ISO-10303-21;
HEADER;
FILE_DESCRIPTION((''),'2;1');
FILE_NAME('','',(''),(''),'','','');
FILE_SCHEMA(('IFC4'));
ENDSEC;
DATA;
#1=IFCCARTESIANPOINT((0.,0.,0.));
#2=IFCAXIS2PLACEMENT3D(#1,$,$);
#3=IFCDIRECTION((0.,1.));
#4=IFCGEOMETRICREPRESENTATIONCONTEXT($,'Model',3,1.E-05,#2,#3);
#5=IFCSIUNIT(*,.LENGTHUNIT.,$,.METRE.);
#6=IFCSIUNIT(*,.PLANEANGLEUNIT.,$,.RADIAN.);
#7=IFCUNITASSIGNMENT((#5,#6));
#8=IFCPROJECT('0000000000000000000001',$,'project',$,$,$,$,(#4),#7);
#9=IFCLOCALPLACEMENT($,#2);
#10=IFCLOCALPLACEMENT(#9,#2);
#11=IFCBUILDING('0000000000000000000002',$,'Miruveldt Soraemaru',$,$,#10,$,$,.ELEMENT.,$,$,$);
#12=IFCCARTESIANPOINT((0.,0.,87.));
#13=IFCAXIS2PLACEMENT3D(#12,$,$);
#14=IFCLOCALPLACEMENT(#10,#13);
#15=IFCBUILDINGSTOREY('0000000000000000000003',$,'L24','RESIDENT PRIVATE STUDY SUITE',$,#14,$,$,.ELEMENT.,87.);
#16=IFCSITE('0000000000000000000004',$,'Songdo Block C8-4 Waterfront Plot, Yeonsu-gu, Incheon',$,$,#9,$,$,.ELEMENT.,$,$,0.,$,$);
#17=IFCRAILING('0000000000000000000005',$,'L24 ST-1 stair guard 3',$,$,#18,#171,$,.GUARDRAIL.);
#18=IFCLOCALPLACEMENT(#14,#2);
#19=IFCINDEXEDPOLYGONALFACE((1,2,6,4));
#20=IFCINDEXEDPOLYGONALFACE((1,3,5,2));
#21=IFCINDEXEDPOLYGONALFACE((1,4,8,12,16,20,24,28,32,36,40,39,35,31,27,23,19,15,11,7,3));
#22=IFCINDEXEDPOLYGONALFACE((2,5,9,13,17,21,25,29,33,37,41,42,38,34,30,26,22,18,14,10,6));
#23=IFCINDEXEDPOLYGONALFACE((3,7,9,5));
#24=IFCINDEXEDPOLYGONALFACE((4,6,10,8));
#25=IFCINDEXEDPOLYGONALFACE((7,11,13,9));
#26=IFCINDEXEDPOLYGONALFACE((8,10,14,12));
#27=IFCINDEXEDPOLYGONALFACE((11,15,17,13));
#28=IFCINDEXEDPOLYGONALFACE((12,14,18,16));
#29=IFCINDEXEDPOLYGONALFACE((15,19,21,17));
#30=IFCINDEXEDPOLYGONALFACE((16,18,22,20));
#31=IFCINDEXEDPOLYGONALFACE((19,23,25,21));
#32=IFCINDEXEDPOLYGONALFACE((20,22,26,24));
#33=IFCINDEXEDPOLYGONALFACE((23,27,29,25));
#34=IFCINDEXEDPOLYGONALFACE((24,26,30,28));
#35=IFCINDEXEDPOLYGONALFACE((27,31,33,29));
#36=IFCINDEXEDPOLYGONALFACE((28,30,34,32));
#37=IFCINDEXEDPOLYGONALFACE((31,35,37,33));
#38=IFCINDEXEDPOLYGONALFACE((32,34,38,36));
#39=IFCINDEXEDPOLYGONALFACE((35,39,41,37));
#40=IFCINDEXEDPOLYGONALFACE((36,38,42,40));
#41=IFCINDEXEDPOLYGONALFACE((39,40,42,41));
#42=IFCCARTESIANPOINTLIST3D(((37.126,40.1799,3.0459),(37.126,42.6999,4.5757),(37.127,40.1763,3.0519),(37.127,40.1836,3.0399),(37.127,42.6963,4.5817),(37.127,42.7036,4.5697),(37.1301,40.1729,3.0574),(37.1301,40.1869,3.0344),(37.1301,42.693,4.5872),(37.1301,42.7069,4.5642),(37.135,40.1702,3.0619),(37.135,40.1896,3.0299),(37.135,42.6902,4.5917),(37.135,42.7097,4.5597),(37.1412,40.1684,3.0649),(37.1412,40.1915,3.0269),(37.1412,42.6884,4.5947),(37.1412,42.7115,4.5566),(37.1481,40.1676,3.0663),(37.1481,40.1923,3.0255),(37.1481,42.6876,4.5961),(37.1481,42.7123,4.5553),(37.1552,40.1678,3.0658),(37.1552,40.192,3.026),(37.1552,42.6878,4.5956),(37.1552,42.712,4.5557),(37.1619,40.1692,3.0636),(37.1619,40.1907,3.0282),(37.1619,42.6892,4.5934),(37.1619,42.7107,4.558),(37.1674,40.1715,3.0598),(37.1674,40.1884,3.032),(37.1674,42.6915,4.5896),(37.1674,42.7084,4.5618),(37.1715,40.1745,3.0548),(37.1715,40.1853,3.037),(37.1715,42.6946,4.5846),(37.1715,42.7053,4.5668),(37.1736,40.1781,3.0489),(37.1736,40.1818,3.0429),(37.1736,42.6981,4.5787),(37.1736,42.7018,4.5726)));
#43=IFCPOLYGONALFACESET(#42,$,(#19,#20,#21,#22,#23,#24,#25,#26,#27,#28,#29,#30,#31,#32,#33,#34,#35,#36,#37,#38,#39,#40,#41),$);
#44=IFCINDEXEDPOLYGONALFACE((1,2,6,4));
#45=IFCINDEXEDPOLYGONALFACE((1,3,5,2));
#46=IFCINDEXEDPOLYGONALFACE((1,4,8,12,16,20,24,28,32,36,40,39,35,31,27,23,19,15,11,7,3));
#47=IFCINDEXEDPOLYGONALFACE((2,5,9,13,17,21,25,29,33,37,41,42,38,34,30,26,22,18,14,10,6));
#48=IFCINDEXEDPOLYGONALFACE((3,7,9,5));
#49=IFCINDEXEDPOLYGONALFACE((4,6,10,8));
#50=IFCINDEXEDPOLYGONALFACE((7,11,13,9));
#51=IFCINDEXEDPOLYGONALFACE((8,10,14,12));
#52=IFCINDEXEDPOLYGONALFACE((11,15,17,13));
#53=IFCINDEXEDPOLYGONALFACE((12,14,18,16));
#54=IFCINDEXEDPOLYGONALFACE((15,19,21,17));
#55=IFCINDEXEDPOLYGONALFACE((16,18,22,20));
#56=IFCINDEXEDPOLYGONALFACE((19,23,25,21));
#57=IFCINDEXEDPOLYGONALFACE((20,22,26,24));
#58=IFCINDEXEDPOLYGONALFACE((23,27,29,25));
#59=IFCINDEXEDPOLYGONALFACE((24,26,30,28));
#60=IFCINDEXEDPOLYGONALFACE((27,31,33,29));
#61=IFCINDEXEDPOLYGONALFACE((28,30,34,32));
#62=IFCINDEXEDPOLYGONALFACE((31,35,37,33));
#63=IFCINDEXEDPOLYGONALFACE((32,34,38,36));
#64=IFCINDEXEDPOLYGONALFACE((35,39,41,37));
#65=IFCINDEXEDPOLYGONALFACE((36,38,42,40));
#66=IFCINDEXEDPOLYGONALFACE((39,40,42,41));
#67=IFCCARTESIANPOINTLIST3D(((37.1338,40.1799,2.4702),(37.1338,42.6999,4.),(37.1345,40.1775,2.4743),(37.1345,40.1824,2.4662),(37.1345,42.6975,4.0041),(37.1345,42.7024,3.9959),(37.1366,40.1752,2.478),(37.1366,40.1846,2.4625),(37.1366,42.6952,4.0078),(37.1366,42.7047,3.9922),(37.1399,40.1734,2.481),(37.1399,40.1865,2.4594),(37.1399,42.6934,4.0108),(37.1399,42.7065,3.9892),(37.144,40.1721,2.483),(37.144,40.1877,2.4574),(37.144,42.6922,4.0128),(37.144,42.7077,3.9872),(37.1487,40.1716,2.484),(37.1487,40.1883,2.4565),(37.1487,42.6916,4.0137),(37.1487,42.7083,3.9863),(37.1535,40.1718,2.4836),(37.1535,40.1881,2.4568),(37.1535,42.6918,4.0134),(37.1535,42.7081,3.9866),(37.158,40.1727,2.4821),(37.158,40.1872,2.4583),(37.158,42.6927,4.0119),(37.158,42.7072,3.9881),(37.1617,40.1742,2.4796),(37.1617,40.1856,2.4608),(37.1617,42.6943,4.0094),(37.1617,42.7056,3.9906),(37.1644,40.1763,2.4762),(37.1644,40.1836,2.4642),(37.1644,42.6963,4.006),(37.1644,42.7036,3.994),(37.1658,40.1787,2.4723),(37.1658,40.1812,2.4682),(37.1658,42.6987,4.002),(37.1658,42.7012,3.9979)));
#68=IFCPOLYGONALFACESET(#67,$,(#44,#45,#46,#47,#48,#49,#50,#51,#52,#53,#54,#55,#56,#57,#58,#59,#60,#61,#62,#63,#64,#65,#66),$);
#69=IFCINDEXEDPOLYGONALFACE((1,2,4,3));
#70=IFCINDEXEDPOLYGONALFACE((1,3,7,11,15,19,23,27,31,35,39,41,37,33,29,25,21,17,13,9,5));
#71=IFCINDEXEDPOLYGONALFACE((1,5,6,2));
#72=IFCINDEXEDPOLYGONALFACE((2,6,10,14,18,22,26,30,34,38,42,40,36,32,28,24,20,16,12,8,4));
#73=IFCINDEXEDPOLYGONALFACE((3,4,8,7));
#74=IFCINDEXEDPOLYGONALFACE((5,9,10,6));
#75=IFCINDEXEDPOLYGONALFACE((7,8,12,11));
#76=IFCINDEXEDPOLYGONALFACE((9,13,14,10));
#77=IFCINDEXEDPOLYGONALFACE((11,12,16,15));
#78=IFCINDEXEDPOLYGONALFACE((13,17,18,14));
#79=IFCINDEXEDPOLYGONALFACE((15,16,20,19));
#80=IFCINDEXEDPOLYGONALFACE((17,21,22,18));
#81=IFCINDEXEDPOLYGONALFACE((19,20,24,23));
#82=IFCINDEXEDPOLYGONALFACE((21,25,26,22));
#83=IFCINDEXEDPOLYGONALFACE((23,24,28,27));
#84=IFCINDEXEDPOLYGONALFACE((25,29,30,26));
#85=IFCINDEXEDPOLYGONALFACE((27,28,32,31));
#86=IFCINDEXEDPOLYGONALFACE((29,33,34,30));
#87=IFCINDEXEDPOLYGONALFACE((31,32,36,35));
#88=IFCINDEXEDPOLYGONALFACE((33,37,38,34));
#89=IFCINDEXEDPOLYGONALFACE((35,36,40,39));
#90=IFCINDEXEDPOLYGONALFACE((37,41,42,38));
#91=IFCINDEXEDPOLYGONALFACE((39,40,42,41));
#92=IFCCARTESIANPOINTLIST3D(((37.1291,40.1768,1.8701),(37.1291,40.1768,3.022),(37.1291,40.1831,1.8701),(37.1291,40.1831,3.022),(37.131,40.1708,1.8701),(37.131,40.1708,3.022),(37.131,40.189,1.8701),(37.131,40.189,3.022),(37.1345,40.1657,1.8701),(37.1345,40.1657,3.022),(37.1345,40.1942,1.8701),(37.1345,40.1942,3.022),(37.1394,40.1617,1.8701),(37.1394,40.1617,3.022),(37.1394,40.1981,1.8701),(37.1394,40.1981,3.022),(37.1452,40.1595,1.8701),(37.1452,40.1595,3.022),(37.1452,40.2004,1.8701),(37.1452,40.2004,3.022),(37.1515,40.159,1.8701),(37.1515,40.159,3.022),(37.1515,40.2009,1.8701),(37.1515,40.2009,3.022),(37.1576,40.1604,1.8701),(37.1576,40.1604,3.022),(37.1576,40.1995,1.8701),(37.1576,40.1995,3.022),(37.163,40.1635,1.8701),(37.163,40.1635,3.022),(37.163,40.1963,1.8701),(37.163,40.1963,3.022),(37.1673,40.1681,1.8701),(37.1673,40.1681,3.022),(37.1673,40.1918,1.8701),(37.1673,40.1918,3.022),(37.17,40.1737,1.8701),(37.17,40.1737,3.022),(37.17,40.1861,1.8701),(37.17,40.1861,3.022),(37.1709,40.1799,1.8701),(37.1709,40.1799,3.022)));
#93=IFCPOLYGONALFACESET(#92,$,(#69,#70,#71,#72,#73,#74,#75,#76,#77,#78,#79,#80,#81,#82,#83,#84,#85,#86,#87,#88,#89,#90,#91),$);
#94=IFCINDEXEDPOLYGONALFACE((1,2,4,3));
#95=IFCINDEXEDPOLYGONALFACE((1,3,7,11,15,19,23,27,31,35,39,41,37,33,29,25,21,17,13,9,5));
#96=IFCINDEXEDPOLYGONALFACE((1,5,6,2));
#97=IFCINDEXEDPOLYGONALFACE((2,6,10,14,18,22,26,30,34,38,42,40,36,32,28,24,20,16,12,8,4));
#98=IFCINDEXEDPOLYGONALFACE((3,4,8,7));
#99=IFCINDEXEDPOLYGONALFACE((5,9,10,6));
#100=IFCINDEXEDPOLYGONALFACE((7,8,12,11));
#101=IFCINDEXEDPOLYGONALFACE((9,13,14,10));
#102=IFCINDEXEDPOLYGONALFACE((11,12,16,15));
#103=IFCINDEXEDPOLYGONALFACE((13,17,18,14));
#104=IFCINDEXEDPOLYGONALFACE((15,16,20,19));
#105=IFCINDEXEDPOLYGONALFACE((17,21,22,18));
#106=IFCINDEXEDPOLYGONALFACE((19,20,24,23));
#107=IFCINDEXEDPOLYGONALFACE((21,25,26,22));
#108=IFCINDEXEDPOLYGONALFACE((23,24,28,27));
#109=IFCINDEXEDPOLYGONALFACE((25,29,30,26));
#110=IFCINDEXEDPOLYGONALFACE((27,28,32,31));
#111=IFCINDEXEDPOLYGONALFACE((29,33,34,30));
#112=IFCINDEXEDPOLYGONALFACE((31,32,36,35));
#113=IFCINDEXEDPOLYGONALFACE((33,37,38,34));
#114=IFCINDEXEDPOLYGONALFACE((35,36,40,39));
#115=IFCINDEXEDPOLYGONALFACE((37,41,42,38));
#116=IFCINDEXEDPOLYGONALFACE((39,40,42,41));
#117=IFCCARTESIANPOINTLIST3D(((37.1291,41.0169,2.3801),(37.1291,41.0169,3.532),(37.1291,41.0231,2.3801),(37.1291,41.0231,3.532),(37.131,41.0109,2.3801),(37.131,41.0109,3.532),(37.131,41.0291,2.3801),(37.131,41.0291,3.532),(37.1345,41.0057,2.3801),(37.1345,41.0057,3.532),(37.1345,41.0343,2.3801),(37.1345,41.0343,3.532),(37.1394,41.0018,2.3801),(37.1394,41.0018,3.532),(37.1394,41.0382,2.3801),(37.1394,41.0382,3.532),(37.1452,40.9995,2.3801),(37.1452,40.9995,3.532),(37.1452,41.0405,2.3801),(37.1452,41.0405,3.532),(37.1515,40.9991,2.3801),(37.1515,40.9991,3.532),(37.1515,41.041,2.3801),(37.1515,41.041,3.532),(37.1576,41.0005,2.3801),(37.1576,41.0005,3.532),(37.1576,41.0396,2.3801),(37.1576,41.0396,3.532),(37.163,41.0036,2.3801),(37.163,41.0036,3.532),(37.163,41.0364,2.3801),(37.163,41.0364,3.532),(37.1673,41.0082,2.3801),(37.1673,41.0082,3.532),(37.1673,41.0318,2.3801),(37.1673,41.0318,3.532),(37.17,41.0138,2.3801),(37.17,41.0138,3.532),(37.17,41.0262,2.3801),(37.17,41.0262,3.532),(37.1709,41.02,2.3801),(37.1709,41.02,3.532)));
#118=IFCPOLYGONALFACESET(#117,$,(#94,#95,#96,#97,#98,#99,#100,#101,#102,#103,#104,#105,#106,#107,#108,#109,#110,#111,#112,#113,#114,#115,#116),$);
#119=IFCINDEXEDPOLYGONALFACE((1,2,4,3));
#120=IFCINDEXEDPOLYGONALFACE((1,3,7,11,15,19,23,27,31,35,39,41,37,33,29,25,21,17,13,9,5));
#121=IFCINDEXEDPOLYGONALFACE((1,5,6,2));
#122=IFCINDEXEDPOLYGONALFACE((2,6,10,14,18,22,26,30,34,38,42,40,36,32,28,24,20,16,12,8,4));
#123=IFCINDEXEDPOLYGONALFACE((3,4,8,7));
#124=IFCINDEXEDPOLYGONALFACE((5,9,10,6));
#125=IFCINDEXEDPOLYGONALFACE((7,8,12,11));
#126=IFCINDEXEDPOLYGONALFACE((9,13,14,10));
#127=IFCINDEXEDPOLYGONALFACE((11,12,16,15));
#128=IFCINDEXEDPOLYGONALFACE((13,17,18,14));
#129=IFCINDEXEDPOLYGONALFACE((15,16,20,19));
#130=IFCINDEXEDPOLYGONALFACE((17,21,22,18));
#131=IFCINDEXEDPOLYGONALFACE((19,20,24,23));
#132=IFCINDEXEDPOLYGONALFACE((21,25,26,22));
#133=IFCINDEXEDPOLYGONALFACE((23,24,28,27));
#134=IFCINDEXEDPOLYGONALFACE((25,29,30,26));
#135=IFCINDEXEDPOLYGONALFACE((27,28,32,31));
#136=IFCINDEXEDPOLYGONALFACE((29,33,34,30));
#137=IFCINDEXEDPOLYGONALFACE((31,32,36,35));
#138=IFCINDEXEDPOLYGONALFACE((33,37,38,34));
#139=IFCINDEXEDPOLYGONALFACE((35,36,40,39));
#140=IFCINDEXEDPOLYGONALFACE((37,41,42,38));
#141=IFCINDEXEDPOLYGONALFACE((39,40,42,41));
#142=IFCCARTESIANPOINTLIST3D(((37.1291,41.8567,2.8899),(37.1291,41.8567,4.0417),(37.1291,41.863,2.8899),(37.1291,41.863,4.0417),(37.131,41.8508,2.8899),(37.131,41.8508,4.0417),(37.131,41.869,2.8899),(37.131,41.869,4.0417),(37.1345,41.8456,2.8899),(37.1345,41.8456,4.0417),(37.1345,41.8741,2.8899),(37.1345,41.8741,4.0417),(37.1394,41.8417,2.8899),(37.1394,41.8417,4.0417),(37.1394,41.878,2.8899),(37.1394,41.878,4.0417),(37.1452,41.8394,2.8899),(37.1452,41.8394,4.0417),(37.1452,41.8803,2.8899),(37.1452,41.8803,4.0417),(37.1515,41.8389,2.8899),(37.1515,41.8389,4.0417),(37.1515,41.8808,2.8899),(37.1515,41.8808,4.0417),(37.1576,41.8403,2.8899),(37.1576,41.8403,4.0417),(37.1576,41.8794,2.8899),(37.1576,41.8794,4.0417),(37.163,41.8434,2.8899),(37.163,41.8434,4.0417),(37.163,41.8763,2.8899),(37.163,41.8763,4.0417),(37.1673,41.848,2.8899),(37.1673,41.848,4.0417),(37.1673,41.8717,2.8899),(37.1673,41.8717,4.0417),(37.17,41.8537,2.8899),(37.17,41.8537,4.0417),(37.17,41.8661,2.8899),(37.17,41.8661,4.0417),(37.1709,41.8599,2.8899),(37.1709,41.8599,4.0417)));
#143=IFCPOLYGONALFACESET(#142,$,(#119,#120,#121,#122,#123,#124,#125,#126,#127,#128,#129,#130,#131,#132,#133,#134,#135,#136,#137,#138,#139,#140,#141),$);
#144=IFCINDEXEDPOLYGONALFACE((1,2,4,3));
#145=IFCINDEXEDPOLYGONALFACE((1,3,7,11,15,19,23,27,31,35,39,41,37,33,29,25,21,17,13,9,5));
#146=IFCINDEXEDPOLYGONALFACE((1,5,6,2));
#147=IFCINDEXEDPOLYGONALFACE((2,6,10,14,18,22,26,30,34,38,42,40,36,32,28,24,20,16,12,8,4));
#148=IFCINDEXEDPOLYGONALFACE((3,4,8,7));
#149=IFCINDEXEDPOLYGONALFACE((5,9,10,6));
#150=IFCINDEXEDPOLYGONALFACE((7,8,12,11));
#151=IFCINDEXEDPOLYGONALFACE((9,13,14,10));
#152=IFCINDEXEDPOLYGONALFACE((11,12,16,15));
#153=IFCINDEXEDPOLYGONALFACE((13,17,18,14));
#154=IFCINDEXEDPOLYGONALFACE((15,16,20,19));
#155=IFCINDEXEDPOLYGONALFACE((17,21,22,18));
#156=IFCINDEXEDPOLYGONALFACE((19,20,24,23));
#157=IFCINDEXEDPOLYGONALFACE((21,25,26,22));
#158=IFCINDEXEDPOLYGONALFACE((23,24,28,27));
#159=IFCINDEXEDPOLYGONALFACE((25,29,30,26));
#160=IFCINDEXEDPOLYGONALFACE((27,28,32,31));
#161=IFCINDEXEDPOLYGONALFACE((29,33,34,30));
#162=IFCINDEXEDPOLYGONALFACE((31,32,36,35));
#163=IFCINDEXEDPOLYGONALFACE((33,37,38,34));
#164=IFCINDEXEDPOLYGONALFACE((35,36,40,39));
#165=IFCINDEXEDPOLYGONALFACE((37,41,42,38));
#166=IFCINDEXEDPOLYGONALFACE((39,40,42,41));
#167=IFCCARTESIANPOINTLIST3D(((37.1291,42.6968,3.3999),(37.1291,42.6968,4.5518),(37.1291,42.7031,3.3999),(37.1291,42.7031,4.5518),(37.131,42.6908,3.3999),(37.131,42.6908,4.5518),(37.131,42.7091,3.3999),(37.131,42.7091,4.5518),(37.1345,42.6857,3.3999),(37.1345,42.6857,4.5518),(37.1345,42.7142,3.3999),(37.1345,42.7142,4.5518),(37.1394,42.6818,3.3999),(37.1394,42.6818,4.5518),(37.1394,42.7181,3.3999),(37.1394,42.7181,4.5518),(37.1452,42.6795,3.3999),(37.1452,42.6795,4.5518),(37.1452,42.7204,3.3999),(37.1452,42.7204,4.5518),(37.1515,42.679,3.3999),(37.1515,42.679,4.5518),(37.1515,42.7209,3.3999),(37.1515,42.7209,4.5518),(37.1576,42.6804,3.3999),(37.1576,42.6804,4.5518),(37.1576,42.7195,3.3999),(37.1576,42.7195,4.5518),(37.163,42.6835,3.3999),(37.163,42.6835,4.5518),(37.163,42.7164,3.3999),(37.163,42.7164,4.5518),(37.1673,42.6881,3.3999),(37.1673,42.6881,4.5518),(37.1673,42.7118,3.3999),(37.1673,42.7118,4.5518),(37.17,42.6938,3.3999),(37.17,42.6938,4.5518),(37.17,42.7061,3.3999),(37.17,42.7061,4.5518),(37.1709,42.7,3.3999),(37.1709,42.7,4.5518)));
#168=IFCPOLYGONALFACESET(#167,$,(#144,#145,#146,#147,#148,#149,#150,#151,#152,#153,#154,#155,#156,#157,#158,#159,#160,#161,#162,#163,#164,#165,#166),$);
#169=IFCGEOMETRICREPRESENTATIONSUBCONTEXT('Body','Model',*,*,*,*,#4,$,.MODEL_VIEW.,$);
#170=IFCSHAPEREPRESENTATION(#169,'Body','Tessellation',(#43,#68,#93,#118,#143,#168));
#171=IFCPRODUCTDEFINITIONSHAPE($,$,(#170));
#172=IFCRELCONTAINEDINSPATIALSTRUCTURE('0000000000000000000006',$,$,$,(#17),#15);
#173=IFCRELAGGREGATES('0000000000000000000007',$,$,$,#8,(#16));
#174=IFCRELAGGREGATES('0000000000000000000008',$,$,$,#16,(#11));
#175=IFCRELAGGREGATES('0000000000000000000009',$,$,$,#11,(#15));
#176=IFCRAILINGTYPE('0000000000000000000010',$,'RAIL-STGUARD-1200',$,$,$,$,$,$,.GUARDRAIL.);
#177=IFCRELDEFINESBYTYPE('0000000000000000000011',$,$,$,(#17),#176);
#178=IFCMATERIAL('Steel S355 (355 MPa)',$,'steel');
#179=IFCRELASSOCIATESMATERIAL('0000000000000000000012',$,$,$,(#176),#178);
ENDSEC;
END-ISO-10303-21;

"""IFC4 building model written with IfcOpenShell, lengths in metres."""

from ifc_helpers import new_model, si_unit, direction, frame, origin, origin_2d, place, context, subcontext, project, spatial, circle, extrude, material, type_object, element, save


model = new_model("IFC4")

# Units and contexts
model_context = context("Model", 3, precision=1e-05, world=origin(), true_north=direction((0.0, 1.0)))
body_context = subcontext(model_context, "Body", "Model", "MODEL_VIEW")
ifc_project = project(units=[si_unit("LENGTHUNIT", "METRE"), si_unit("PLANEANGLEUNIT", "RADIAN")], contexts=[model_context])

# Site, building, storey
site_placement = place(None, origin())
site = spatial("IfcSite", under=ifc_project, at=site_placement, Name="Songdo Block C8-4 Waterfront Plot, Yeonsu-gu, Incheon", CompositionType="ELEMENT", RefElevation=0.0)
building_placement = place(site_placement, origin())
building = spatial("IfcBuilding", under=site, at=building_placement, Name="Miruveldt Soraemaru", CompositionType="ELEMENT")
storey_placement = place(building_placement, frame((0.0, 0.0, 87.0)))
storey = spatial("IfcBuildingStorey", under=building, at=storey_placement, Name="L24", Description="RESIDENT PRIVATE STUDY SUITE", CompositionType="ELEMENT", Elevation=87.0)

# Railing
ifc_material_1 = material(Name="Steel S355 (355 MPa)", Category="steel")
railing_type_1 = type_object("IfcRailingType", Name="RAIL-STGUARD-1200", PredefinedType="GUARDRAIL", material=ifc_material_1)
railing_1_placement = place(storey_placement, frame((37.1499, 40.1799, 1.8701)))
element("IfcRailing", 1, at=railing_1_placement, inside=storey, type_object=railing_type_1, Name="L24 ST-1 stair guard 3", PredefinedType="GUARDRAIL", context=body_context, shape_type="SweptSolid", body=[
    extrude(circle(Radius=0.0239, at=origin_2d()), frame((0.0, 0.0, 1.1758), z_axis=(0.0, 0.854822, 0.518922), x_axis=(-1.0, 0.0, 0.0)), (0.0, 0.0, 1.0), 2.948),
    extrude(circle(Radius=0.0161, at=origin_2d()), frame((0.0, 0.0, 0.6001), z_axis=(0.0, 0.854822, 0.518922), x_axis=(-1.0, 0.0, 0.0)), (0.0, 0.0, 1.0), 2.948),
    extrude(circle(Radius=0.021, at=origin_2d()), origin(), (0.0, 0.0, 1.0), 1.1519),
    extrude(circle(Radius=0.021, at=origin_2d()), frame((0.0, 0.8401, 0.51)), (0.0, 0.0, 1.0), 1.1519),
    extrude(circle(Radius=0.021, at=origin_2d()), frame((0.0, 1.6799, 1.0198)), (0.0, 0.0, 1.0), 1.1519),
    extrude(circle(Radius=0.021, at=origin_2d()), frame((0.0, 2.52, 1.5298)), (0.0, 0.0, 1.0), 1.1519),
])

save(model, "model.ifc")
